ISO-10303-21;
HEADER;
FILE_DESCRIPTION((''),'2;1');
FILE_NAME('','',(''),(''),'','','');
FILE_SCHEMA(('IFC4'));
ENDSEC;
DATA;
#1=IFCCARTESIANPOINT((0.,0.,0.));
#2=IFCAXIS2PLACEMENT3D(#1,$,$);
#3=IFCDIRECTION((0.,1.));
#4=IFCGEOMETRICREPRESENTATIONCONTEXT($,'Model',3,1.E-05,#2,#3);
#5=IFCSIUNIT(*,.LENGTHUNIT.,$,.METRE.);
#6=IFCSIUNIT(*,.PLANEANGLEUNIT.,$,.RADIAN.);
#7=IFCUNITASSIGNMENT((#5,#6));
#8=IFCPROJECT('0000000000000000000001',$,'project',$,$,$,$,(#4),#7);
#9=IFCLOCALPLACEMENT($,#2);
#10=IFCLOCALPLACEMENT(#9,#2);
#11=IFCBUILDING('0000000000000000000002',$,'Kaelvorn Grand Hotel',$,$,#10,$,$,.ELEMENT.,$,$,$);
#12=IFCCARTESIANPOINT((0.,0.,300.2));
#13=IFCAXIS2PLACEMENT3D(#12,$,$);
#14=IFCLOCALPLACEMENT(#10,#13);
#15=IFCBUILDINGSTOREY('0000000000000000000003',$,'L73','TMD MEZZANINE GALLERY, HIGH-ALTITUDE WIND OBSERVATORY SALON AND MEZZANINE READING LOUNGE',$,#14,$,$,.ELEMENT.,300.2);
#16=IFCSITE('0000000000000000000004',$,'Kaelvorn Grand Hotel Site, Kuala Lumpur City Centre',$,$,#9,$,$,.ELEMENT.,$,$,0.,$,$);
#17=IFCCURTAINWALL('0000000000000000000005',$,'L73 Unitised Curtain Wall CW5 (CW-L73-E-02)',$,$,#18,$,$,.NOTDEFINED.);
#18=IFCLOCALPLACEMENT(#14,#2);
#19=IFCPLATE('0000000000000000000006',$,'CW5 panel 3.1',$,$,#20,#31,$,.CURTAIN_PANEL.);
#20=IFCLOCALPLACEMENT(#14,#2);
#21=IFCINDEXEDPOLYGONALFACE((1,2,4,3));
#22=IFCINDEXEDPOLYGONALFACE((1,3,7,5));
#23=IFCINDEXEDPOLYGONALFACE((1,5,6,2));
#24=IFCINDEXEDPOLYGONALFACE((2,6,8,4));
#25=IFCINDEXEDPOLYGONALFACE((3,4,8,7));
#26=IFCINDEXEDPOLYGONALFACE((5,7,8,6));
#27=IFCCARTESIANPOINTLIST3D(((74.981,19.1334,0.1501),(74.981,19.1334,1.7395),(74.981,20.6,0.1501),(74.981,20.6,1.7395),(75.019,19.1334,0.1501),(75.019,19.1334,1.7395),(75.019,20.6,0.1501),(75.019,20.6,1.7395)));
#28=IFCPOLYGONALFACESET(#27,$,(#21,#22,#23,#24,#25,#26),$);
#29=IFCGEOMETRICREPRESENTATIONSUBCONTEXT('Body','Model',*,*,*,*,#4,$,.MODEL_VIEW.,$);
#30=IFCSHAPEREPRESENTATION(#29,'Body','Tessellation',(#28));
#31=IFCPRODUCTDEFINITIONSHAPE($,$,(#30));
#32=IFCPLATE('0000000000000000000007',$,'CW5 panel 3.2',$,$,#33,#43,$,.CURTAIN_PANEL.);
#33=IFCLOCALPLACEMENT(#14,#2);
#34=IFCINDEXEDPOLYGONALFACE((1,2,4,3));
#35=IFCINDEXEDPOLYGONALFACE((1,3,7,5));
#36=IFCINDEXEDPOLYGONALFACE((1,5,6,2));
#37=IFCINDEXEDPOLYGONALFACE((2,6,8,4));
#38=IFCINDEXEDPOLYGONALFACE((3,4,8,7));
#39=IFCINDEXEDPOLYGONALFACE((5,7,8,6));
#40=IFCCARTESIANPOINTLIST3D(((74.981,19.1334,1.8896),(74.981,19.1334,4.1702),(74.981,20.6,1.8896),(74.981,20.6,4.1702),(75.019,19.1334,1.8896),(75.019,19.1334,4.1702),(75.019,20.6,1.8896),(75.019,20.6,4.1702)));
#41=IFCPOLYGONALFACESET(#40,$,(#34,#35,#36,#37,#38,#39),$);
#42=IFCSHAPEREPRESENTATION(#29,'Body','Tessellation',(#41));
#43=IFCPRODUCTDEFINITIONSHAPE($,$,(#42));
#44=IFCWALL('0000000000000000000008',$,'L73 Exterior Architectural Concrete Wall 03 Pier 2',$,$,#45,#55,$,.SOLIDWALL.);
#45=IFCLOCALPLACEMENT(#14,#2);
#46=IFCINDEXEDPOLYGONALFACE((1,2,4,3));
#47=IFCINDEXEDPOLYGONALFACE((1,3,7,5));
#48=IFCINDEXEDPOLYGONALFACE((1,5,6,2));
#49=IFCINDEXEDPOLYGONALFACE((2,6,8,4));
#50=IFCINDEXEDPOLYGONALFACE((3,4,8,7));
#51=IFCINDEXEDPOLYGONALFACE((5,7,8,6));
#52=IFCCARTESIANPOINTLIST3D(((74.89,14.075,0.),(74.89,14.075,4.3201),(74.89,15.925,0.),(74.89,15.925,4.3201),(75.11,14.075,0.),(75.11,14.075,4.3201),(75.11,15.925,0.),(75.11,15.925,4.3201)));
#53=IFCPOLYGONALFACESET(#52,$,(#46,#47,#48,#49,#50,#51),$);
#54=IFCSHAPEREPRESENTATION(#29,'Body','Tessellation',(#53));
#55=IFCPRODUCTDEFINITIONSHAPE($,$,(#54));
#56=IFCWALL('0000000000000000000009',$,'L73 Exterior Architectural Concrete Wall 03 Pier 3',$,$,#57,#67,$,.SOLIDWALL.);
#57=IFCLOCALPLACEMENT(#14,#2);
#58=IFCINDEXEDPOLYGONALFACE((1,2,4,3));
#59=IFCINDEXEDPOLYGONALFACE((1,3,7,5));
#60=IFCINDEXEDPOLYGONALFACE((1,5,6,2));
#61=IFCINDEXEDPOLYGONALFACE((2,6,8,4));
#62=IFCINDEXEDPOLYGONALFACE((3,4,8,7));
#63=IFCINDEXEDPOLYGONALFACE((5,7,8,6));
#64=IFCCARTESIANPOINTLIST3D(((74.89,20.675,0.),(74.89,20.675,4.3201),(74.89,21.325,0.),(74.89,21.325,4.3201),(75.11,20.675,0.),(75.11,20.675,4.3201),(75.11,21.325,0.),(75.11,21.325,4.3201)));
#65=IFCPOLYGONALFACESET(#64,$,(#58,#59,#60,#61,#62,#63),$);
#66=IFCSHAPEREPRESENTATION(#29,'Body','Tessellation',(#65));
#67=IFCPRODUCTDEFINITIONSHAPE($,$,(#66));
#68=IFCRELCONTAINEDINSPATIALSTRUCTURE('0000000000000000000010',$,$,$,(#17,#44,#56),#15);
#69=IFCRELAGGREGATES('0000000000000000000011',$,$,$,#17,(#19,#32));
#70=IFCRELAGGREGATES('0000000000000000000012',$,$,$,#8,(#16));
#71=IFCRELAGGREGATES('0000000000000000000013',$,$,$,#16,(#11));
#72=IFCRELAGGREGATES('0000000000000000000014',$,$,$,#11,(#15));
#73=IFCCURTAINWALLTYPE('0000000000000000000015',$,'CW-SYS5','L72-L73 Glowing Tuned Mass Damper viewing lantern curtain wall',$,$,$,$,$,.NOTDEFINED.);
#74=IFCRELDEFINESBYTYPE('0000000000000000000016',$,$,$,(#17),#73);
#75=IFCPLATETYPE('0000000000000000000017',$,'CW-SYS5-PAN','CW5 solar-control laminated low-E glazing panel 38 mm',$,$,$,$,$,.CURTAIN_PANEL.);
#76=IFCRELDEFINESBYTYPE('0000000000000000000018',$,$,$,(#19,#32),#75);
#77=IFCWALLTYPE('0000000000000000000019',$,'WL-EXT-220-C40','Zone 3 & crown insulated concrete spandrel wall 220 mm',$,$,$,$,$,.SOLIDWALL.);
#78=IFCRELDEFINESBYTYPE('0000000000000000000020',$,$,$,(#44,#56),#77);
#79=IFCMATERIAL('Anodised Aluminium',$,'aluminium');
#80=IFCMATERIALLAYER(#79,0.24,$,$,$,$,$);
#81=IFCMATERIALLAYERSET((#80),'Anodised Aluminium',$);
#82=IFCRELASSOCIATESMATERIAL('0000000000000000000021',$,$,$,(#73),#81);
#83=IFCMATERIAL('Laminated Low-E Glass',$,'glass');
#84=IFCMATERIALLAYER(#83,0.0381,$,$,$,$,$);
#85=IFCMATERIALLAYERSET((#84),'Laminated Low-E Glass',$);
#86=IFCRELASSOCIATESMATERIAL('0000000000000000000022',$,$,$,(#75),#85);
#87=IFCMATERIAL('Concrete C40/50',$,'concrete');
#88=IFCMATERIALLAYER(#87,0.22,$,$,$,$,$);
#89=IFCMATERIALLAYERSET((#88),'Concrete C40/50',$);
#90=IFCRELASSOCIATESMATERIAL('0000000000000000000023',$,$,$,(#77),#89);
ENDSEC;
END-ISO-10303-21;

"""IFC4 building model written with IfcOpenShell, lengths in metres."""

from ifc_helpers import new_model, si_unit, direction, frame, frame_2d, origin, origin_2d, place, context, subcontext, project, spatial, rectangle, extrude, material, layer, layer_set, type_object, element, aggregate, save


model = new_model("IFC4")

# Units and contexts
model_context = context("Model", 3, precision=1e-05, world=origin(), true_north=direction((0.0, 1.0)))
body_context = subcontext(model_context, "Body", "Model", "MODEL_VIEW")
ifc_project = project(units=[si_unit("LENGTHUNIT", "METRE"), si_unit("PLANEANGLEUNIT", "RADIAN")], contexts=[model_context])

# Site, building, storey
site_placement = place(None, origin())
site = spatial("IfcSite", under=ifc_project, at=site_placement, Name="Kaelvorn Grand Hotel Site, Kuala Lumpur City Centre", CompositionType="ELEMENT", RefElevation=0.0)
building_placement = place(site_placement, origin())
building = spatial("IfcBuilding", under=site, at=building_placement, Name="Kaelvorn Grand Hotel", CompositionType="ELEMENT")
storey_placement = place(building_placement, frame((0.0, 0.0, 300.2)))
storey = spatial("IfcBuildingStorey", under=building, at=storey_placement, Name="L73", Description="TMD MEZZANINE GALLERY, HIGH-ALTITUDE WIND OBSERVATORY SALON AND MEZZANINE READING LOUNGE", CompositionType="ELEMENT", Elevation=300.2)

# Curtain wall, plates
ifc_material_1 = material(Name="Anodised Aluminium", Category="aluminium")
ifc_layer_1 = layer(ifc_material_1, 0.24)
ifc_layer_set_1 = layer_set([ifc_layer_1], Name="Anodised Aluminium")
curtain_wall_type = type_object("IfcCurtainWallType", Name="CW-SYS5", Description="L72-L73 Glowing Tuned Mass Damper viewing lantern curtain wall", PredefinedType="NOTDEFINED", material=ifc_layer_set_1)
curtain_wall_placement = place(storey_placement, origin())
curtain_wall = element("IfcCurtainWall", 1, at=curtain_wall_placement, inside=storey, type_object=curtain_wall_type, Name="L73 Unitised Curtain Wall CW5 (CW-L73-E-02)", PredefinedType="NOTDEFINED")
ifc_material_2 = material(Name="Laminated Low-E Glass", Category="glass")
ifc_layer_2 = layer(ifc_material_2, 0.0381)
ifc_layer_set_2 = layer_set([ifc_layer_2], Name="Laminated Low-E Glass")
plate_type = type_object("IfcPlateType", Name="CW-SYS5-PAN", Description="CW5 solar-control laminated low-E glazing panel 38 mm", PredefinedType="CURTAIN_PANEL", material=ifc_layer_set_2)
plate_1_placement = place(storey_placement, frame((75.0, 19.8667, 0.1501), z_axis=(0.0, 0.0, 1.0), x_axis=(0.0, 1.0, 0.0)))
plate_1 = element("IfcPlate", 2, at=plate_1_placement, type_object=plate_type, Name="CW5 panel 3.1", PredefinedType="CURTAIN_PANEL", context=body_context, shape_type="SweptSolid", body=[
    extrude(rectangle(XDim=1.4666, YDim=0.0381, at=origin_2d()), origin(), (0.0, 0.0, 1.0), 1.5894),
])
plate_2_placement = place(storey_placement, frame((75.0, 19.8667, 1.8896), z_axis=(0.0, 0.0, 1.0), x_axis=(0.0, 1.0, 0.0)))
plate_2 = element("IfcPlate", 3, at=plate_2_placement, type_object=plate_type, Name="CW5 panel 3.2", PredefinedType="CURTAIN_PANEL", context=body_context, shape_type="SweptSolid", body=[
    extrude(rectangle(XDim=1.4666, YDim=0.0381, at=origin_2d()), origin(), (0.0, 0.0, 1.0), 2.2805),
])
aggregate(curtain_wall, [plate_1, plate_2])

# Walls
ifc_material_3 = material(Name="Concrete C40/50", Category="concrete")
ifc_layer_3 = layer(ifc_material_3, 0.22)
ifc_layer_set_3 = layer_set([ifc_layer_3], Name="Concrete C40/50")
wall_type = type_object("IfcWallType", Name="WL-EXT-220-C40", Description="Zone 3 & crown insulated concrete spandrel wall 220 mm", PredefinedType="SOLIDWALL", material=ifc_layer_set_3)
wall_1_placement = place(storey_placement, frame((75.0, 14.075, 0.0), z_axis=(0.0, 0.0, 1.0), x_axis=(0.0, 1.0, 0.0)))
element("IfcWall", 4, at=wall_1_placement, inside=storey, type_object=wall_type, Name="L73 Exterior Architectural Concrete Wall 03 Pier 2", PredefinedType="SOLIDWALL", context=body_context, shape_type="SweptSolid", body=[
    extrude(rectangle(XDim=1.8501, YDim=0.22, at=frame_2d((0.925, 0.0))), origin(), (0.0, 0.0, 1.0), 4.3201),
])
wall_2_placement = place(storey_placement, frame((75.0, 20.675, 0.0), z_axis=(0.0, 0.0, 1.0), x_axis=(0.0, 1.0, 0.0)))
element("IfcWall", 5, at=wall_2_placement, inside=storey, type_object=wall_type, Name="L73 Exterior Architectural Concrete Wall 03 Pier 3", PredefinedType="SOLIDWALL", context=body_context, shape_type="SweptSolid", body=[
    extrude(rectangle(XDim=0.6499, YDim=0.22, at=frame_2d((0.325, 0.0))), origin(), (0.0, 0.0, 1.0), 4.3201),
])

save(model, "model.ifc")
